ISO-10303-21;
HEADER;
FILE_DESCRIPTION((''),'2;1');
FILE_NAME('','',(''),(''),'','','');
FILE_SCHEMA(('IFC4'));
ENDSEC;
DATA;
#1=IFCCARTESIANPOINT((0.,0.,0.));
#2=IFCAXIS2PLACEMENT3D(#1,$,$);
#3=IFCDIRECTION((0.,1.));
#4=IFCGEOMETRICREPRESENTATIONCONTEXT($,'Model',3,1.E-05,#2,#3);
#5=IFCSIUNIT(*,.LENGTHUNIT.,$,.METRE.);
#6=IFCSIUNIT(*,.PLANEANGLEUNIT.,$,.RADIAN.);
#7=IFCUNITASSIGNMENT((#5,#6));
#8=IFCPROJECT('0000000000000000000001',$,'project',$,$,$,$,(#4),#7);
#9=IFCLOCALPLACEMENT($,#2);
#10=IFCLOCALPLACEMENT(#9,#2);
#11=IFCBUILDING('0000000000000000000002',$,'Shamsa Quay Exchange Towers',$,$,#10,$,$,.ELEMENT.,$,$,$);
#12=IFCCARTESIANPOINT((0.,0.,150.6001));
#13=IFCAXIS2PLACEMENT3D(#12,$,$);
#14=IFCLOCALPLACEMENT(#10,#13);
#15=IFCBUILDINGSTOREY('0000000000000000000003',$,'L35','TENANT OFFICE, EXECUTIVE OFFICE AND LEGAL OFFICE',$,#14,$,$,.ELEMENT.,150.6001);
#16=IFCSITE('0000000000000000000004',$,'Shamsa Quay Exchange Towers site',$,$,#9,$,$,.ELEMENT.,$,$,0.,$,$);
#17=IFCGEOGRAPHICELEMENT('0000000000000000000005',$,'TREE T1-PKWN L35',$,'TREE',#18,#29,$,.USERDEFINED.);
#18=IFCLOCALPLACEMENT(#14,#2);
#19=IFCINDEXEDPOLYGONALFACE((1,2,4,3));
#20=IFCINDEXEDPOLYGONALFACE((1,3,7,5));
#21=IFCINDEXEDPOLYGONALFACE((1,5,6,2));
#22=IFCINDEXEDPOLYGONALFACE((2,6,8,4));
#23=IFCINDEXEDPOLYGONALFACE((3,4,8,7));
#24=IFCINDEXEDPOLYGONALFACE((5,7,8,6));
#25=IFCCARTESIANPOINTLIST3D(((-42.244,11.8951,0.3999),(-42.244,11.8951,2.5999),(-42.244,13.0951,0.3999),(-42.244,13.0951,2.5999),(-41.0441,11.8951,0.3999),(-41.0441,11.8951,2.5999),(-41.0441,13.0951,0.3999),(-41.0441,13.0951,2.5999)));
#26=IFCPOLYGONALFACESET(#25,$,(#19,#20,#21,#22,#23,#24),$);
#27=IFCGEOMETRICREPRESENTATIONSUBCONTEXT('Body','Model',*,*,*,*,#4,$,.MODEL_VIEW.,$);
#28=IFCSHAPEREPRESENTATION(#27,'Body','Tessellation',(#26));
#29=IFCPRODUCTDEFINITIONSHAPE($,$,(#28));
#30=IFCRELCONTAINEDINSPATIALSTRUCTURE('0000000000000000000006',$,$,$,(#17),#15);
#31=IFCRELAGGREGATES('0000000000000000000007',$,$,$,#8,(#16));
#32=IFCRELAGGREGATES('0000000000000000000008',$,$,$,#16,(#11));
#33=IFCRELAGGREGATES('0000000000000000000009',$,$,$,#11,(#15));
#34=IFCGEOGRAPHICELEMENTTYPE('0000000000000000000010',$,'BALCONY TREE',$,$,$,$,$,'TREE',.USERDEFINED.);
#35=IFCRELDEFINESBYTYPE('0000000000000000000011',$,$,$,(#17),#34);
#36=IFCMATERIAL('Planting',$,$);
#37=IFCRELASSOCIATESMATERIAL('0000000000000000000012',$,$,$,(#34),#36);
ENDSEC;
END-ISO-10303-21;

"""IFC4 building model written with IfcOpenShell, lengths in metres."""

from ifc_helpers import new_model, si_unit, direction, frame, origin, origin_2d, place, context, subcontext, project, spatial, rectangle, extrude, material, type_object, element, save


model = new_model("IFC4")

# Units and contexts
model_context = context("Model", 3, precision=1e-05, world=origin(), true_north=direction((0.0, 1.0)))
body_context = subcontext(model_context, "Body", "Model", "MODEL_VIEW")
ifc_project = project(units=[si_unit("LENGTHUNIT", "METRE"), si_unit("PLANEANGLEUNIT", "RADIAN")], contexts=[model_context])

# Site, building, storey
site_placement = place(None, origin())
site = spatial("IfcSite", under=ifc_project, at=site_placement, Name="Shamsa Quay Exchange Towers site", CompositionType="ELEMENT", RefElevation=0.0)
building_placement = place(site_placement, origin())
building = spatial("IfcBuilding", under=site, at=building_placement, Name="Shamsa Quay Exchange Towers", CompositionType="ELEMENT")
storey_placement = place(building_placement, frame((0.0, 0.0, 150.6001)))
storey = spatial("IfcBuildingStorey", under=building, at=storey_placement, Name="L35", Description="TENANT OFFICE, EXECUTIVE OFFICE AND LEGAL OFFICE", CompositionType="ELEMENT", Elevation=150.6001)

# Geographic element
ifc_material_1 = material(Name="Planting")
geographic_element_type = type_object("IfcGeographicElementType", Name="BALCONY TREE", ElementType="TREE", PredefinedType="USERDEFINED", material=ifc_material_1)
geographic_element_placement = place(storey_placement, frame((-41.644, 12.4951, 0.3999), z_axis=(0.0, 0.0, 1.0), x_axis=(-1.0, 0.0, 0.0)))
element("IfcGeographicElement", 1, at=geographic_element_placement, inside=storey, type_object=geographic_element_type, Name="TREE T1-PKWN L35", ObjectType="TREE", PredefinedType="USERDEFINED", context=body_context, shape_type="SweptSolid", body=[
    extrude(rectangle(XDim=1.2, YDim=1.2, at=origin_2d()), origin(), (0.0, 0.0, 1.0), 2.2),
])

save(model, "model.ifc")
